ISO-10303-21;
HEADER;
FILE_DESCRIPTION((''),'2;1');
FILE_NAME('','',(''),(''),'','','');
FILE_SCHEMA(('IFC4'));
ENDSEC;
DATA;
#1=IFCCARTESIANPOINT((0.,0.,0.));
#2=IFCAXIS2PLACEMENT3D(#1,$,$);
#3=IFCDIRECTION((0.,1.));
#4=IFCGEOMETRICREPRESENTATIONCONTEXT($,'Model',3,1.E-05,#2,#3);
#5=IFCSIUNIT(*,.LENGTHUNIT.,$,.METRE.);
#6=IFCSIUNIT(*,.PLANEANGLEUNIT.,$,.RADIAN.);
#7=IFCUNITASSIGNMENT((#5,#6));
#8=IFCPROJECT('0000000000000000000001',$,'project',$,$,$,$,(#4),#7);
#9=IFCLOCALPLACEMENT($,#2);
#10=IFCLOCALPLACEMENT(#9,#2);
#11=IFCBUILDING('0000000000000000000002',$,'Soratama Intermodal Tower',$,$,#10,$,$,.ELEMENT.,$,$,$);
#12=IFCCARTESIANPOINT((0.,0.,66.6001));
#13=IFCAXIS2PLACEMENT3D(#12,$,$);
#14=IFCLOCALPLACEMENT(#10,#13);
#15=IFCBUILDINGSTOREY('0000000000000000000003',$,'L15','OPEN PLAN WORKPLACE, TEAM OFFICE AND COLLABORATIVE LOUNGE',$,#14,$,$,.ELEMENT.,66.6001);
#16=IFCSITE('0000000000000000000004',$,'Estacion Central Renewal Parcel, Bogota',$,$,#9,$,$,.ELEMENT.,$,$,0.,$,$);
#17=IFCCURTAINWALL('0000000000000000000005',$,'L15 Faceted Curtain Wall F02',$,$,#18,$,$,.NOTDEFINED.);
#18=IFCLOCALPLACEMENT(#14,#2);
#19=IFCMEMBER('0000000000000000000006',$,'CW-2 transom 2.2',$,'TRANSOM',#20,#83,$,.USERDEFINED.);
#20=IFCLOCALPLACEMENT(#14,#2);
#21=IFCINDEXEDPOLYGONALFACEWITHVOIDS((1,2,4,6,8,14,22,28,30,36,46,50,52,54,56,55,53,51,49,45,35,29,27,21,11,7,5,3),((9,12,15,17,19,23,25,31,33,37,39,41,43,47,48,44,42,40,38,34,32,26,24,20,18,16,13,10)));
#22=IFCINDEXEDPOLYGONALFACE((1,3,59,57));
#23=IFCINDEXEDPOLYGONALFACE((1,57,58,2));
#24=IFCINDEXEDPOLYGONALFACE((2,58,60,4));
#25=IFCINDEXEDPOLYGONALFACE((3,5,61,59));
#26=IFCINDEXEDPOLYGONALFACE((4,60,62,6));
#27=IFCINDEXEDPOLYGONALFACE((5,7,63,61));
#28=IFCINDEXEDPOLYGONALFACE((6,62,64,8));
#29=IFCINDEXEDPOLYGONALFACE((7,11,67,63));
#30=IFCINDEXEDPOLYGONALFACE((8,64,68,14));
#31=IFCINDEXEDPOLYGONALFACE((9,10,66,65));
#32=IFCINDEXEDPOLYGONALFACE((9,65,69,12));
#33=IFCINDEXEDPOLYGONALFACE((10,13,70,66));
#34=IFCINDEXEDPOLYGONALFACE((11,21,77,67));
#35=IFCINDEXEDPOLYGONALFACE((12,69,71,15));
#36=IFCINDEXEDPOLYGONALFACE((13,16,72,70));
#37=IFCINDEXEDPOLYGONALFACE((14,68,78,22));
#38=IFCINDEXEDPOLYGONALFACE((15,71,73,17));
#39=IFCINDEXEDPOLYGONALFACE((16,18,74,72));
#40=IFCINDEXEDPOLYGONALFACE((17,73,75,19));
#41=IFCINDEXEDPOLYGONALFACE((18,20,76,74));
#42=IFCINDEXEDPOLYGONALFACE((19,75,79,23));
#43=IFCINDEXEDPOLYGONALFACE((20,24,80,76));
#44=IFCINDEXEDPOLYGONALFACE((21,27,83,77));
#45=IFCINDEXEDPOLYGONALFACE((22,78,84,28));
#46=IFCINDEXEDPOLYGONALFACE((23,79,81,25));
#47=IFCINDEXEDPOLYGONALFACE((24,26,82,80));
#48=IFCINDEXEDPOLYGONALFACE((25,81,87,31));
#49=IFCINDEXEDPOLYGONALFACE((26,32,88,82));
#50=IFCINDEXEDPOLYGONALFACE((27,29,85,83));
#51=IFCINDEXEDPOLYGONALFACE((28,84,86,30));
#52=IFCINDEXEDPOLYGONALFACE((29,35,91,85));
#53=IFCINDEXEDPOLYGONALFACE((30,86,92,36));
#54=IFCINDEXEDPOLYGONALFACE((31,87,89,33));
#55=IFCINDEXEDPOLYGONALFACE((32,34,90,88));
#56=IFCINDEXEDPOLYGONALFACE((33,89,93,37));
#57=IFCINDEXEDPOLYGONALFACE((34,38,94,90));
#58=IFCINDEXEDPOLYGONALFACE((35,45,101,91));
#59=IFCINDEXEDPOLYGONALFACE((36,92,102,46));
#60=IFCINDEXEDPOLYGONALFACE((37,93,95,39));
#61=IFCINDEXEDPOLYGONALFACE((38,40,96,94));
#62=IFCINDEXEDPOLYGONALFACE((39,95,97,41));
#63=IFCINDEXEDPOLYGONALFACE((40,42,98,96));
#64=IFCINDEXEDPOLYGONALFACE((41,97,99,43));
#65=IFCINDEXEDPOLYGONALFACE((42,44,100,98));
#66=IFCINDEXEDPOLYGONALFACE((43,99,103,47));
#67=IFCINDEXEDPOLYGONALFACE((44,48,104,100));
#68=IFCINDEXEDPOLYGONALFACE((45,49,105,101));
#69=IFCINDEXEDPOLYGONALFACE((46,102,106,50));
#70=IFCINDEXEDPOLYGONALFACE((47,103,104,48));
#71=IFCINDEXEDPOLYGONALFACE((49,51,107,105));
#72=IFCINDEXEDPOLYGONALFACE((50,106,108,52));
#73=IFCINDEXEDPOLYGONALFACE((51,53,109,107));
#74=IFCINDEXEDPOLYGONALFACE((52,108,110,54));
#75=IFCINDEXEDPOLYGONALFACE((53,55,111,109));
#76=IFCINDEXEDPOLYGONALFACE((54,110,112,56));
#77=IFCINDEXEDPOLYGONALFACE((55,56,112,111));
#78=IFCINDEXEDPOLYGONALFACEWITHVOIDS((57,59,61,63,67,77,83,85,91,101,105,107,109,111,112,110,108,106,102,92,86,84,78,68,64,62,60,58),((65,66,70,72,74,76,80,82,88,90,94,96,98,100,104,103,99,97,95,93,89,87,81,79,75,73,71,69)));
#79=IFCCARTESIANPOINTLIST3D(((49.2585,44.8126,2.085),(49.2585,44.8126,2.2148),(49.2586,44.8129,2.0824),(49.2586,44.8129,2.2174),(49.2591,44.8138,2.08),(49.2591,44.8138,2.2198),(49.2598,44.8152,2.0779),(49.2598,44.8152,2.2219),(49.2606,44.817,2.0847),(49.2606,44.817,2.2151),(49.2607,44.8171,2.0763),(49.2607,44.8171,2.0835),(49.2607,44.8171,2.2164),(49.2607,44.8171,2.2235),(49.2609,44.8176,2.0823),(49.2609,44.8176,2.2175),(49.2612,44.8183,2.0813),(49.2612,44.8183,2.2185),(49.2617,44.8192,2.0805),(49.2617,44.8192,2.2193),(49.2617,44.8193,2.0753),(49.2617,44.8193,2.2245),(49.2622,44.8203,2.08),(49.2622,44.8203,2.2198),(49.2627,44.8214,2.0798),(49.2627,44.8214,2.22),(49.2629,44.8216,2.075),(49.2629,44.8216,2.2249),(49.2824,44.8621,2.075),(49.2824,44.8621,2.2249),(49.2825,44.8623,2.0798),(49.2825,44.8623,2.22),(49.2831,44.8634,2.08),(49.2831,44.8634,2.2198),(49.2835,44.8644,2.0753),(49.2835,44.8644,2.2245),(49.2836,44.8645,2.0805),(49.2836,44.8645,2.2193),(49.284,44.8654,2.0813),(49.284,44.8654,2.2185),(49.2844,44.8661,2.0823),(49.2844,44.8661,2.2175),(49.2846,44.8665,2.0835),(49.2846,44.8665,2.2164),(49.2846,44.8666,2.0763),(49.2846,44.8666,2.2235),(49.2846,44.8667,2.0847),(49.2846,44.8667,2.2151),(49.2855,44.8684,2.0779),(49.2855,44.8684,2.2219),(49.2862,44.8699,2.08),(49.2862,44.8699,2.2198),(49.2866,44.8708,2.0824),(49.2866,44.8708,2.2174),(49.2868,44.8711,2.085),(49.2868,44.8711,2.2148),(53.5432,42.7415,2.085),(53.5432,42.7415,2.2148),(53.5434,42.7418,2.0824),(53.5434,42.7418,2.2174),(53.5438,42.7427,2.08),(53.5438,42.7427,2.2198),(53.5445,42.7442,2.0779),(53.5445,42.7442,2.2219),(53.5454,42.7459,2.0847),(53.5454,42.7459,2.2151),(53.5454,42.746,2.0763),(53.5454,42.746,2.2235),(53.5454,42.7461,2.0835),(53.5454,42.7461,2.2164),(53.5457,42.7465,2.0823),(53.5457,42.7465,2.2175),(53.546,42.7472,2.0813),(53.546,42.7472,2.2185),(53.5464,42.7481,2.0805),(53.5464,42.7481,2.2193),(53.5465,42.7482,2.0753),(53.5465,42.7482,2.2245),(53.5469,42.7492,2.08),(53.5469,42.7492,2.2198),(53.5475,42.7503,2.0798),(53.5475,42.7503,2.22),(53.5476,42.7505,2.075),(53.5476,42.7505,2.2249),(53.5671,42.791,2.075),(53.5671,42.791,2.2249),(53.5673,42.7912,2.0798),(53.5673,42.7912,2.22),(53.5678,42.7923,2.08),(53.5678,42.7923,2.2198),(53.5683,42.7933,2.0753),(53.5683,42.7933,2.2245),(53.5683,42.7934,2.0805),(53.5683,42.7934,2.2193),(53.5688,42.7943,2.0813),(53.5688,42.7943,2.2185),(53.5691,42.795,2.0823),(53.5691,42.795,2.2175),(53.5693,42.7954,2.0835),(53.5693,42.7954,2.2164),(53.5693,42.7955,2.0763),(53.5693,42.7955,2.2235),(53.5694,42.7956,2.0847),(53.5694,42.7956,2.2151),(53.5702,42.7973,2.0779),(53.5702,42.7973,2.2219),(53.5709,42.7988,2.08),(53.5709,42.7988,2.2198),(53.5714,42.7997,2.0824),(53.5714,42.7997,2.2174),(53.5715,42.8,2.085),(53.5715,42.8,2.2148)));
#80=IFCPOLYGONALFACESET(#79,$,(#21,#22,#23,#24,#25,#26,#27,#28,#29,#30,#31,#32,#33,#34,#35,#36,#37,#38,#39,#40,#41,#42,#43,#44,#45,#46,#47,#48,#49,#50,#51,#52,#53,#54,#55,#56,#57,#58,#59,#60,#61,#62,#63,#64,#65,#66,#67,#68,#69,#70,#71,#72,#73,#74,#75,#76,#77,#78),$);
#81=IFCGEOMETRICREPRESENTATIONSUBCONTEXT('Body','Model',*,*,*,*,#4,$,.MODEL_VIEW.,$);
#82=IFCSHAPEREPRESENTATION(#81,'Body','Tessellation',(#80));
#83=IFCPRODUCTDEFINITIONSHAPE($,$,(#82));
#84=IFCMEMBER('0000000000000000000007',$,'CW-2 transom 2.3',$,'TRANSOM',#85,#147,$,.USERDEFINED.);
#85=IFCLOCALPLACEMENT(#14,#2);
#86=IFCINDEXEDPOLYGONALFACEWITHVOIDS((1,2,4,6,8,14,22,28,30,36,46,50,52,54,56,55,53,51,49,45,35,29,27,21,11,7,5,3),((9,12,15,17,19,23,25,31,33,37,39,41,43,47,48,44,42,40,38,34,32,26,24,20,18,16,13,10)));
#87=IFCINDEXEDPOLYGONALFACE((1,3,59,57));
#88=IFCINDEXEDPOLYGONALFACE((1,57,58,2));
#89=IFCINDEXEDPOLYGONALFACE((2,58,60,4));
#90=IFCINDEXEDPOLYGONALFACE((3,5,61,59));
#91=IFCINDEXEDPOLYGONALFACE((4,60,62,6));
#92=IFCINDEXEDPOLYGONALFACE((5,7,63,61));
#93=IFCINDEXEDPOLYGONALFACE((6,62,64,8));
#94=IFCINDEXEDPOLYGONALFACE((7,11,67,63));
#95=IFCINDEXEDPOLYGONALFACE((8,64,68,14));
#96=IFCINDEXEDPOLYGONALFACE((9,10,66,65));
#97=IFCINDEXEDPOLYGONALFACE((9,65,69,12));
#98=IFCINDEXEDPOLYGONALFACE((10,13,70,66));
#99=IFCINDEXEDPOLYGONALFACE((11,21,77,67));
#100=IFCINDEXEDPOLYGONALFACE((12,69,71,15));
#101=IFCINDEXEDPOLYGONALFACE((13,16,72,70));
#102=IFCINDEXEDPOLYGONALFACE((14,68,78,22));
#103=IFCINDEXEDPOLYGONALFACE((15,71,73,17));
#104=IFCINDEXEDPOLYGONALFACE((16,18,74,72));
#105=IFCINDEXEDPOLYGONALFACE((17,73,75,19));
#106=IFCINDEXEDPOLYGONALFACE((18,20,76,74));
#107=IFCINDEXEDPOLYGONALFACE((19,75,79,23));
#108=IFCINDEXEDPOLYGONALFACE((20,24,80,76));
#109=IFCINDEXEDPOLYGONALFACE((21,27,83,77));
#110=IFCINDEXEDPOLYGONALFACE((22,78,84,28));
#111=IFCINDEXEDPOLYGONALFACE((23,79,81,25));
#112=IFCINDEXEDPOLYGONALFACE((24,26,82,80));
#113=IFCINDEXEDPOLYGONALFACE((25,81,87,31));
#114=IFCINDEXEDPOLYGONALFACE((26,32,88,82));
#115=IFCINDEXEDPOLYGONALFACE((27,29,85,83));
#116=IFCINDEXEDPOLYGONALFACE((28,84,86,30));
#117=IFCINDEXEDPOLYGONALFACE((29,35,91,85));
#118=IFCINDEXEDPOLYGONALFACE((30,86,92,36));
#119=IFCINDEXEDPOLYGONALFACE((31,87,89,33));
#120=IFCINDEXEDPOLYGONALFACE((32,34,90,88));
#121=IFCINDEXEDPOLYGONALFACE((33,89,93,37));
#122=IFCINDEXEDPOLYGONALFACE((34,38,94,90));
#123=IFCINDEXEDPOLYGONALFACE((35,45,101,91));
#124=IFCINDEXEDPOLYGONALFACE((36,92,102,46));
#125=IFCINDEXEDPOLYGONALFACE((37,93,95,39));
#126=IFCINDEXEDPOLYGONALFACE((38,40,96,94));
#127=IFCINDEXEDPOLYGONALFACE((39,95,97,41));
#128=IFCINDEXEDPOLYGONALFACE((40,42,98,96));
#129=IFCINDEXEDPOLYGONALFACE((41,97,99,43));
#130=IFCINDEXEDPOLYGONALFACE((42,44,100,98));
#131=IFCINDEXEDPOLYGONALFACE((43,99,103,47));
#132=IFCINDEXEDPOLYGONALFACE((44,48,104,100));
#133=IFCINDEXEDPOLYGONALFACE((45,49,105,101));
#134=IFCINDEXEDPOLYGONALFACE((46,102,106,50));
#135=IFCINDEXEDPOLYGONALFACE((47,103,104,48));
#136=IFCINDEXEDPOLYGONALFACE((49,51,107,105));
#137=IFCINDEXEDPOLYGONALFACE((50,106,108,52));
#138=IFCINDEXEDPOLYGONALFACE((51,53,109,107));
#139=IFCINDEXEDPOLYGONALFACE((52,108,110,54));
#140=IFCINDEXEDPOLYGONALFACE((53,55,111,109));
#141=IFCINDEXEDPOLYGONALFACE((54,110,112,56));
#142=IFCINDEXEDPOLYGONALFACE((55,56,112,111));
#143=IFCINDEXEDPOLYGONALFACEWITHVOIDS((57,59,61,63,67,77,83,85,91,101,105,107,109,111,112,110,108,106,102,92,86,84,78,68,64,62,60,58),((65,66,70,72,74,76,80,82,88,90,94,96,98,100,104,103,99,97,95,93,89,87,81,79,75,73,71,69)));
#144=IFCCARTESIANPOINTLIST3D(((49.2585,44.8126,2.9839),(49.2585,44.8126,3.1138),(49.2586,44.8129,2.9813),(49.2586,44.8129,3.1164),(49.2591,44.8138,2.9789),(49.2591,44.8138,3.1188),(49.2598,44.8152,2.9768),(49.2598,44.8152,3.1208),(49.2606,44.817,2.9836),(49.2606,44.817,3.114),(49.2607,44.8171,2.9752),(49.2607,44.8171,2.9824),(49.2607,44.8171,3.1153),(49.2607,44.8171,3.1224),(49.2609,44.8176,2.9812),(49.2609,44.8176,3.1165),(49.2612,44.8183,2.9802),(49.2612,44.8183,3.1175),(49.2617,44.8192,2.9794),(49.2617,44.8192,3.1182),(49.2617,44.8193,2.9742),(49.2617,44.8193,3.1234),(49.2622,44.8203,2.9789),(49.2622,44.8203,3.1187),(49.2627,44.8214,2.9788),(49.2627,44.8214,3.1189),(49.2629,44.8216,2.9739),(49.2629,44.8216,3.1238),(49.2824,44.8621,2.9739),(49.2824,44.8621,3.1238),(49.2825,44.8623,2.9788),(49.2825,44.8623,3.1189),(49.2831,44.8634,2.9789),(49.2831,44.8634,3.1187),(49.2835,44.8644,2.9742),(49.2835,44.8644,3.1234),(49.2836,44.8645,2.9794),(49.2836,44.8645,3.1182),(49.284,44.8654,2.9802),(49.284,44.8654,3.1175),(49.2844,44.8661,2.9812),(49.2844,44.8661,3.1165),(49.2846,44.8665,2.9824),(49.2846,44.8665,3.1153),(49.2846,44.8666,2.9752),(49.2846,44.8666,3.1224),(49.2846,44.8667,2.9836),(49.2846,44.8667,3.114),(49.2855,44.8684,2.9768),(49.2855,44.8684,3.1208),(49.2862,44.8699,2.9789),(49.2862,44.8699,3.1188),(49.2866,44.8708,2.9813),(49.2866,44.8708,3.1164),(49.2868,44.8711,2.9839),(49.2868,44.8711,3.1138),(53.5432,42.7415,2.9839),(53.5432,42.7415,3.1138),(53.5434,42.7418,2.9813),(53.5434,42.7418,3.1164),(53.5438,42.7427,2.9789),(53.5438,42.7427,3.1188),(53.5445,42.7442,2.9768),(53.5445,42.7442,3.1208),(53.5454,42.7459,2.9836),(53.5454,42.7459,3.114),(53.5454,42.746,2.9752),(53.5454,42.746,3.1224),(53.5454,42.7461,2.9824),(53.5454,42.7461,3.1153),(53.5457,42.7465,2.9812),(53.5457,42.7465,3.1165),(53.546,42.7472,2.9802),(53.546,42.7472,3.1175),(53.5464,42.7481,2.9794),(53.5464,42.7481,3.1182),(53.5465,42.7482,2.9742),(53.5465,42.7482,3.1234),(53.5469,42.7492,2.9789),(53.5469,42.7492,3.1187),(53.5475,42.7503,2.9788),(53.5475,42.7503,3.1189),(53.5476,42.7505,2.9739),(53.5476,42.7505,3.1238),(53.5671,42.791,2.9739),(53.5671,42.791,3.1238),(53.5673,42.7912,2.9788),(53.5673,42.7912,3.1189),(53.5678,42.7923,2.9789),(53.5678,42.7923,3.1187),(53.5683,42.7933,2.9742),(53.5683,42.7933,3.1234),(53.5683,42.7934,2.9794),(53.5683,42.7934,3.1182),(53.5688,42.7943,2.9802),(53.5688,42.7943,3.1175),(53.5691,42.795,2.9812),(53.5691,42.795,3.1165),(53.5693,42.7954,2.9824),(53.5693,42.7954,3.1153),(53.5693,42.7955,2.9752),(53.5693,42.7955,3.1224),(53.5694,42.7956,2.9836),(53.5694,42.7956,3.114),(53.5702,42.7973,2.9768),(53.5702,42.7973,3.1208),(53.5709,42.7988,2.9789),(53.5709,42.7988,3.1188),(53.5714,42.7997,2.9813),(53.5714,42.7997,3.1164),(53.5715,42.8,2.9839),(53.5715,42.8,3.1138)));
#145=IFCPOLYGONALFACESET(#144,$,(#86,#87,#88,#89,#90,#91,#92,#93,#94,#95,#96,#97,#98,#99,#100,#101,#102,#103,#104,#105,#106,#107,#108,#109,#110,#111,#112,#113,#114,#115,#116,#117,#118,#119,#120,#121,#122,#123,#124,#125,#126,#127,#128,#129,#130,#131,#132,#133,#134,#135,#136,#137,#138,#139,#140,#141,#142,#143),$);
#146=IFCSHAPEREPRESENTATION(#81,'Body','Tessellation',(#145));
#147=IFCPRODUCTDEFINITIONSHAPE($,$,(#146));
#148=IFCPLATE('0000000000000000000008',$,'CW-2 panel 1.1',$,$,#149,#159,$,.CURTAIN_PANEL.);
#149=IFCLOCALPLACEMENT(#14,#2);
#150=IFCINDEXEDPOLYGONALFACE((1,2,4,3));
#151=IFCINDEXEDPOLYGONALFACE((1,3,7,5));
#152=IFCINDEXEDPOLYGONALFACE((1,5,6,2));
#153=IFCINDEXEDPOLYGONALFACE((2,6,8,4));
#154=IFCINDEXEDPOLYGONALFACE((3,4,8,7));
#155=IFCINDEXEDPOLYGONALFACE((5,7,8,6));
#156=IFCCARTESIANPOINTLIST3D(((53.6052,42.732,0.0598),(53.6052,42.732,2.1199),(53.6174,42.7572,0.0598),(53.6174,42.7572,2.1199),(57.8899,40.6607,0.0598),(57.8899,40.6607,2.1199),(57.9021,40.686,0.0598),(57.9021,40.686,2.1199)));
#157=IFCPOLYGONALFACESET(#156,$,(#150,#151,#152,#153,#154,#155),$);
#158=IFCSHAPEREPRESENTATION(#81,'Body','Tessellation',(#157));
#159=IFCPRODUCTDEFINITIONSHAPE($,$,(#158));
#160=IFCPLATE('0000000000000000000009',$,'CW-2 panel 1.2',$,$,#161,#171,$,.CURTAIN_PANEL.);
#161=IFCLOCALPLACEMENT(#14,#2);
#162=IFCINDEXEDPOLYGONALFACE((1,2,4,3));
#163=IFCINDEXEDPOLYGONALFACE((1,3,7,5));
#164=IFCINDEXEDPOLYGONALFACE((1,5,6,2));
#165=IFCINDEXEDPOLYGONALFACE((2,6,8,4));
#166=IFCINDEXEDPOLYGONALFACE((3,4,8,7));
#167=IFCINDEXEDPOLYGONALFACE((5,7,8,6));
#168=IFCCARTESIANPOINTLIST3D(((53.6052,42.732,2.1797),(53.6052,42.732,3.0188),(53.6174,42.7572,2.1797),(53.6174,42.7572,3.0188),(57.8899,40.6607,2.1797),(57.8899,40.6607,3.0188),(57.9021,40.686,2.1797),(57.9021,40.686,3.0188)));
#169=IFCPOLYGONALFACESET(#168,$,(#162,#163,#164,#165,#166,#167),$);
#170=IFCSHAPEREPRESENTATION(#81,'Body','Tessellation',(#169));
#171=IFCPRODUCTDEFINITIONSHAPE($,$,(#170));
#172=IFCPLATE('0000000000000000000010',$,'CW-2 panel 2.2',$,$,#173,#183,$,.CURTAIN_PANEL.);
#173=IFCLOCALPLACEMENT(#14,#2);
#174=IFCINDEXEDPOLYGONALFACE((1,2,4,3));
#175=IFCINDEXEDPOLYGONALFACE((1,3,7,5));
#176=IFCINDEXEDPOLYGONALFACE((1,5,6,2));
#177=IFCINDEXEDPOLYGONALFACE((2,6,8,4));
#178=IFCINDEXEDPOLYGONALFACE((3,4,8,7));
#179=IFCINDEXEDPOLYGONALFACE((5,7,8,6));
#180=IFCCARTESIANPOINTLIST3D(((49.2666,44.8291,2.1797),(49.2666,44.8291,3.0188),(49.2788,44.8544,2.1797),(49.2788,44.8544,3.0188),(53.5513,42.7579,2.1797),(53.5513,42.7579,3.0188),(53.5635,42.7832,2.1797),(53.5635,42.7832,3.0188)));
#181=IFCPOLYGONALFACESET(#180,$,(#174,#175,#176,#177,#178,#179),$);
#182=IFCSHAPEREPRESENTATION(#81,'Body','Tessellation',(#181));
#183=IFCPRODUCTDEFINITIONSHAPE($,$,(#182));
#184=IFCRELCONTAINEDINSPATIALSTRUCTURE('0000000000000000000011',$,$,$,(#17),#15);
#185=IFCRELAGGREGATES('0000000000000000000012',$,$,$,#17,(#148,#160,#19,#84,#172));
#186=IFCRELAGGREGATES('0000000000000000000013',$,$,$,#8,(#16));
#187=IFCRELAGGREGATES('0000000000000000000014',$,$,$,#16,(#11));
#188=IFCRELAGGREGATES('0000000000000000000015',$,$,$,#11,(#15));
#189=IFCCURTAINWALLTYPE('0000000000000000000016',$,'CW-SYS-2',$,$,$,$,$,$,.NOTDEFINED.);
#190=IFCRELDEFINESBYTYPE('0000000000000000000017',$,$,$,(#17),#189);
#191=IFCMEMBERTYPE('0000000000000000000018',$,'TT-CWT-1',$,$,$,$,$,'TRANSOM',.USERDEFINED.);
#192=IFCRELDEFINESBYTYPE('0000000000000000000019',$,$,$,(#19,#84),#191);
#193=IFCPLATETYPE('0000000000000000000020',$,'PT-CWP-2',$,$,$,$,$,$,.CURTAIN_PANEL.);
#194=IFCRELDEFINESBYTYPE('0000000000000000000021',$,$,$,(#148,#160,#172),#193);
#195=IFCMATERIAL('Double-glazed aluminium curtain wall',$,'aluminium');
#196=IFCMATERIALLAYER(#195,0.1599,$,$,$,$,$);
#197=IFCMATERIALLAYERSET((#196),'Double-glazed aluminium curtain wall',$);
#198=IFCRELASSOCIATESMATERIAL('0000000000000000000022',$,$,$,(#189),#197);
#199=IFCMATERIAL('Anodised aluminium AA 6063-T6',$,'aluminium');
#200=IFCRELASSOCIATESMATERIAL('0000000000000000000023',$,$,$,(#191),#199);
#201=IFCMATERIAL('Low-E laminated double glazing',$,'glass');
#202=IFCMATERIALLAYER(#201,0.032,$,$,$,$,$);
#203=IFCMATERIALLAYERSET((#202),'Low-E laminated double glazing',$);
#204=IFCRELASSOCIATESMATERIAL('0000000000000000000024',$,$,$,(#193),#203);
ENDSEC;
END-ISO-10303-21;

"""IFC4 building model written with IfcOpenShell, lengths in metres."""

from ifc_helpers import new_model, si_unit, direction, frame, origin, origin_2d, place, context, subcontext, project, spatial, rectangle, hollow_rectangle, extrude, material, layer, layer_set, material_profile, profile_set, type_object, element, aggregate, save


model = new_model("IFC4")

# Units and contexts
model_context = context("Model", 3, precision=1e-05, world=origin(), true_north=direction((0.0, 1.0)))
body_context = subcontext(model_context, "Body", "Model", "MODEL_VIEW")
ifc_project = project(units=[si_unit("LENGTHUNIT", "METRE"), si_unit("PLANEANGLEUNIT", "RADIAN")], contexts=[model_context])

# Site, building, storey
site_placement = place(None, origin())
site = spatial("IfcSite", under=ifc_project, at=site_placement, Name="Estacion Central Renewal Parcel, Bogota", CompositionType="ELEMENT", RefElevation=0.0)
building_placement = place(site_placement, origin())
building = spatial("IfcBuilding", under=site, at=building_placement, Name="Soratama Intermodal Tower", CompositionType="ELEMENT")
storey_placement = place(building_placement, frame((0.0, 0.0, 66.6001)))
storey = spatial("IfcBuildingStorey", under=building, at=storey_placement, Name="L15", Description="OPEN PLAN WORKPLACE, TEAM OFFICE AND COLLABORATIVE LOUNGE", CompositionType="ELEMENT", Elevation=66.6001)

# Curtain wall, members, plates
ifc_material_1 = material(Name="Double-glazed aluminium curtain wall", Category="aluminium")
ifc_layer_1 = layer(ifc_material_1, 0.1599)
ifc_layer_set_1 = layer_set([ifc_layer_1], Name="Double-glazed aluminium curtain wall")
curtain_wall_type = type_object("IfcCurtainWallType", Name="CW-SYS-2", PredefinedType="NOTDEFINED", material=ifc_layer_set_1)
curtain_wall_placement = place(storey_placement, origin())
curtain_wall = element("IfcCurtainWall", 1, at=curtain_wall_placement, inside=storey, type_object=curtain_wall_type, Name="L15 Faceted Curtain Wall F02", PredefinedType="NOTDEFINED")
ifc_material_2 = material(Name="Anodised aluminium AA 6063-T6", Category="aluminium")
ifc_material_profile_1 = material_profile(ifc_material_2, hollow_rectangle(XDim=0.0649, YDim=0.1499, WallThickness=0.0049, InnerFilletRadius=0.0049, OuterFilletRadius=0.01, at=origin_2d()), Name="CWT150X65X5")
ifc_profile_set_1 = profile_set([ifc_material_profile_1], Name="Anodised aluminium AA 6063-T6")
member_type_1 = type_object("IfcMemberType", Name="TT-CWT-1", ElementType="TRANSOM", PredefinedType="USERDEFINED", material=ifc_profile_set_1)
member_1_placement = place(storey_placement, frame((53.5574, 42.7708, 2.1499), z_axis=(-0.900339, 0.435189, 0.0), x_axis=(-0.435189, -0.900339, 0.0)))
member_1 = element("IfcMember", 2, at=member_1_placement, type_object=member_type_1, Name="CW-2 transom 2.2", ObjectType="TRANSOM", PredefinedType="USERDEFINED", context=body_context, shape_type="SweptSolid", body=[
    extrude(hollow_rectangle(XDim=0.0649, YDim=0.1499, WallThickness=0.0049, InnerFilletRadius=0.0049, OuterFilletRadius=0.01, at=origin_2d()), origin(), (0.0, 0.0, 1.0), 4.759),
])
member_2_placement = place(storey_placement, frame((53.5574, 42.7708, 3.0488), z_axis=(-0.900339, 0.435189, 0.0), x_axis=(-0.435189, -0.900339, 0.0)))
member_2 = element("IfcMember", 3, at=member_2_placement, type_object=member_type_1, Name="CW-2 transom 2.3", ObjectType="TRANSOM", PredefinedType="USERDEFINED", context=body_context, shape_type="SweptSolid", body=[
    extrude(hollow_rectangle(XDim=0.0649, YDim=0.1499, WallThickness=0.0049, InnerFilletRadius=0.0049, OuterFilletRadius=0.01, at=origin_2d()), origin(), (0.0, 0.0, 1.0), 4.759),
])
ifc_material_3 = material(Name="Low-E laminated double glazing", Category="glass")
ifc_layer_2 = layer(ifc_material_3, 0.032)
ifc_layer_set_2 = layer_set([ifc_layer_2], Name="Low-E laminated double glazing")
plate_type = type_object("IfcPlateType", Name="PT-CWP-2", PredefinedType="CURTAIN_PANEL", material=ifc_layer_set_2)
plate_1_placement = place(storey_placement, frame((55.7537, 41.709, 0.0598), z_axis=(0.0, 0.0, 1.0), x_axis=(-0.900322, 0.435225, 0.0)))
plate_1 = element("IfcPlate", 4, at=plate_1_placement, type_object=plate_type, Name="CW-2 panel 1.1", PredefinedType="CURTAIN_PANEL", context=body_context, shape_type="SweptSolid", body=[
    extrude(rectangle(XDim=4.759, YDim=0.0281, at=origin_2d()), origin(), (0.0, 0.0, 1.0), 2.0601),
])
plate_2_placement = place(storey_placement, frame((55.7537, 41.709, 2.1797), z_axis=(0.0, 0.0, 1.0), x_axis=(-0.900322, 0.435225, 0.0)))
plate_2 = element("IfcPlate", 5, at=plate_2_placement, type_object=plate_type, Name="CW-2 panel 1.2", PredefinedType="CURTAIN_PANEL", context=body_context, shape_type="SweptSolid", body=[
    extrude(rectangle(XDim=4.759, YDim=0.0281, at=origin_2d()), origin(), (0.0, 0.0, 1.0), 0.8391),
])
plate_3_placement = place(storey_placement, frame((51.415, 43.8062, 2.1797), z_axis=(0.0, 0.0, 1.0), x_axis=(-0.900322, 0.435225, 0.0)))
plate_3 = element("IfcPlate", 6, at=plate_3_placement, type_object=plate_type, Name="CW-2 panel 2.2", PredefinedType="CURTAIN_PANEL", context=body_context, shape_type="SweptSolid", body=[
    extrude(rectangle(XDim=4.759, YDim=0.0281, at=origin_2d()), origin(), (0.0, 0.0, 1.0), 0.8391),
])
aggregate(curtain_wall, [plate_1, plate_2, member_1, member_2, plate_3])

save(model, "model.ifc")
